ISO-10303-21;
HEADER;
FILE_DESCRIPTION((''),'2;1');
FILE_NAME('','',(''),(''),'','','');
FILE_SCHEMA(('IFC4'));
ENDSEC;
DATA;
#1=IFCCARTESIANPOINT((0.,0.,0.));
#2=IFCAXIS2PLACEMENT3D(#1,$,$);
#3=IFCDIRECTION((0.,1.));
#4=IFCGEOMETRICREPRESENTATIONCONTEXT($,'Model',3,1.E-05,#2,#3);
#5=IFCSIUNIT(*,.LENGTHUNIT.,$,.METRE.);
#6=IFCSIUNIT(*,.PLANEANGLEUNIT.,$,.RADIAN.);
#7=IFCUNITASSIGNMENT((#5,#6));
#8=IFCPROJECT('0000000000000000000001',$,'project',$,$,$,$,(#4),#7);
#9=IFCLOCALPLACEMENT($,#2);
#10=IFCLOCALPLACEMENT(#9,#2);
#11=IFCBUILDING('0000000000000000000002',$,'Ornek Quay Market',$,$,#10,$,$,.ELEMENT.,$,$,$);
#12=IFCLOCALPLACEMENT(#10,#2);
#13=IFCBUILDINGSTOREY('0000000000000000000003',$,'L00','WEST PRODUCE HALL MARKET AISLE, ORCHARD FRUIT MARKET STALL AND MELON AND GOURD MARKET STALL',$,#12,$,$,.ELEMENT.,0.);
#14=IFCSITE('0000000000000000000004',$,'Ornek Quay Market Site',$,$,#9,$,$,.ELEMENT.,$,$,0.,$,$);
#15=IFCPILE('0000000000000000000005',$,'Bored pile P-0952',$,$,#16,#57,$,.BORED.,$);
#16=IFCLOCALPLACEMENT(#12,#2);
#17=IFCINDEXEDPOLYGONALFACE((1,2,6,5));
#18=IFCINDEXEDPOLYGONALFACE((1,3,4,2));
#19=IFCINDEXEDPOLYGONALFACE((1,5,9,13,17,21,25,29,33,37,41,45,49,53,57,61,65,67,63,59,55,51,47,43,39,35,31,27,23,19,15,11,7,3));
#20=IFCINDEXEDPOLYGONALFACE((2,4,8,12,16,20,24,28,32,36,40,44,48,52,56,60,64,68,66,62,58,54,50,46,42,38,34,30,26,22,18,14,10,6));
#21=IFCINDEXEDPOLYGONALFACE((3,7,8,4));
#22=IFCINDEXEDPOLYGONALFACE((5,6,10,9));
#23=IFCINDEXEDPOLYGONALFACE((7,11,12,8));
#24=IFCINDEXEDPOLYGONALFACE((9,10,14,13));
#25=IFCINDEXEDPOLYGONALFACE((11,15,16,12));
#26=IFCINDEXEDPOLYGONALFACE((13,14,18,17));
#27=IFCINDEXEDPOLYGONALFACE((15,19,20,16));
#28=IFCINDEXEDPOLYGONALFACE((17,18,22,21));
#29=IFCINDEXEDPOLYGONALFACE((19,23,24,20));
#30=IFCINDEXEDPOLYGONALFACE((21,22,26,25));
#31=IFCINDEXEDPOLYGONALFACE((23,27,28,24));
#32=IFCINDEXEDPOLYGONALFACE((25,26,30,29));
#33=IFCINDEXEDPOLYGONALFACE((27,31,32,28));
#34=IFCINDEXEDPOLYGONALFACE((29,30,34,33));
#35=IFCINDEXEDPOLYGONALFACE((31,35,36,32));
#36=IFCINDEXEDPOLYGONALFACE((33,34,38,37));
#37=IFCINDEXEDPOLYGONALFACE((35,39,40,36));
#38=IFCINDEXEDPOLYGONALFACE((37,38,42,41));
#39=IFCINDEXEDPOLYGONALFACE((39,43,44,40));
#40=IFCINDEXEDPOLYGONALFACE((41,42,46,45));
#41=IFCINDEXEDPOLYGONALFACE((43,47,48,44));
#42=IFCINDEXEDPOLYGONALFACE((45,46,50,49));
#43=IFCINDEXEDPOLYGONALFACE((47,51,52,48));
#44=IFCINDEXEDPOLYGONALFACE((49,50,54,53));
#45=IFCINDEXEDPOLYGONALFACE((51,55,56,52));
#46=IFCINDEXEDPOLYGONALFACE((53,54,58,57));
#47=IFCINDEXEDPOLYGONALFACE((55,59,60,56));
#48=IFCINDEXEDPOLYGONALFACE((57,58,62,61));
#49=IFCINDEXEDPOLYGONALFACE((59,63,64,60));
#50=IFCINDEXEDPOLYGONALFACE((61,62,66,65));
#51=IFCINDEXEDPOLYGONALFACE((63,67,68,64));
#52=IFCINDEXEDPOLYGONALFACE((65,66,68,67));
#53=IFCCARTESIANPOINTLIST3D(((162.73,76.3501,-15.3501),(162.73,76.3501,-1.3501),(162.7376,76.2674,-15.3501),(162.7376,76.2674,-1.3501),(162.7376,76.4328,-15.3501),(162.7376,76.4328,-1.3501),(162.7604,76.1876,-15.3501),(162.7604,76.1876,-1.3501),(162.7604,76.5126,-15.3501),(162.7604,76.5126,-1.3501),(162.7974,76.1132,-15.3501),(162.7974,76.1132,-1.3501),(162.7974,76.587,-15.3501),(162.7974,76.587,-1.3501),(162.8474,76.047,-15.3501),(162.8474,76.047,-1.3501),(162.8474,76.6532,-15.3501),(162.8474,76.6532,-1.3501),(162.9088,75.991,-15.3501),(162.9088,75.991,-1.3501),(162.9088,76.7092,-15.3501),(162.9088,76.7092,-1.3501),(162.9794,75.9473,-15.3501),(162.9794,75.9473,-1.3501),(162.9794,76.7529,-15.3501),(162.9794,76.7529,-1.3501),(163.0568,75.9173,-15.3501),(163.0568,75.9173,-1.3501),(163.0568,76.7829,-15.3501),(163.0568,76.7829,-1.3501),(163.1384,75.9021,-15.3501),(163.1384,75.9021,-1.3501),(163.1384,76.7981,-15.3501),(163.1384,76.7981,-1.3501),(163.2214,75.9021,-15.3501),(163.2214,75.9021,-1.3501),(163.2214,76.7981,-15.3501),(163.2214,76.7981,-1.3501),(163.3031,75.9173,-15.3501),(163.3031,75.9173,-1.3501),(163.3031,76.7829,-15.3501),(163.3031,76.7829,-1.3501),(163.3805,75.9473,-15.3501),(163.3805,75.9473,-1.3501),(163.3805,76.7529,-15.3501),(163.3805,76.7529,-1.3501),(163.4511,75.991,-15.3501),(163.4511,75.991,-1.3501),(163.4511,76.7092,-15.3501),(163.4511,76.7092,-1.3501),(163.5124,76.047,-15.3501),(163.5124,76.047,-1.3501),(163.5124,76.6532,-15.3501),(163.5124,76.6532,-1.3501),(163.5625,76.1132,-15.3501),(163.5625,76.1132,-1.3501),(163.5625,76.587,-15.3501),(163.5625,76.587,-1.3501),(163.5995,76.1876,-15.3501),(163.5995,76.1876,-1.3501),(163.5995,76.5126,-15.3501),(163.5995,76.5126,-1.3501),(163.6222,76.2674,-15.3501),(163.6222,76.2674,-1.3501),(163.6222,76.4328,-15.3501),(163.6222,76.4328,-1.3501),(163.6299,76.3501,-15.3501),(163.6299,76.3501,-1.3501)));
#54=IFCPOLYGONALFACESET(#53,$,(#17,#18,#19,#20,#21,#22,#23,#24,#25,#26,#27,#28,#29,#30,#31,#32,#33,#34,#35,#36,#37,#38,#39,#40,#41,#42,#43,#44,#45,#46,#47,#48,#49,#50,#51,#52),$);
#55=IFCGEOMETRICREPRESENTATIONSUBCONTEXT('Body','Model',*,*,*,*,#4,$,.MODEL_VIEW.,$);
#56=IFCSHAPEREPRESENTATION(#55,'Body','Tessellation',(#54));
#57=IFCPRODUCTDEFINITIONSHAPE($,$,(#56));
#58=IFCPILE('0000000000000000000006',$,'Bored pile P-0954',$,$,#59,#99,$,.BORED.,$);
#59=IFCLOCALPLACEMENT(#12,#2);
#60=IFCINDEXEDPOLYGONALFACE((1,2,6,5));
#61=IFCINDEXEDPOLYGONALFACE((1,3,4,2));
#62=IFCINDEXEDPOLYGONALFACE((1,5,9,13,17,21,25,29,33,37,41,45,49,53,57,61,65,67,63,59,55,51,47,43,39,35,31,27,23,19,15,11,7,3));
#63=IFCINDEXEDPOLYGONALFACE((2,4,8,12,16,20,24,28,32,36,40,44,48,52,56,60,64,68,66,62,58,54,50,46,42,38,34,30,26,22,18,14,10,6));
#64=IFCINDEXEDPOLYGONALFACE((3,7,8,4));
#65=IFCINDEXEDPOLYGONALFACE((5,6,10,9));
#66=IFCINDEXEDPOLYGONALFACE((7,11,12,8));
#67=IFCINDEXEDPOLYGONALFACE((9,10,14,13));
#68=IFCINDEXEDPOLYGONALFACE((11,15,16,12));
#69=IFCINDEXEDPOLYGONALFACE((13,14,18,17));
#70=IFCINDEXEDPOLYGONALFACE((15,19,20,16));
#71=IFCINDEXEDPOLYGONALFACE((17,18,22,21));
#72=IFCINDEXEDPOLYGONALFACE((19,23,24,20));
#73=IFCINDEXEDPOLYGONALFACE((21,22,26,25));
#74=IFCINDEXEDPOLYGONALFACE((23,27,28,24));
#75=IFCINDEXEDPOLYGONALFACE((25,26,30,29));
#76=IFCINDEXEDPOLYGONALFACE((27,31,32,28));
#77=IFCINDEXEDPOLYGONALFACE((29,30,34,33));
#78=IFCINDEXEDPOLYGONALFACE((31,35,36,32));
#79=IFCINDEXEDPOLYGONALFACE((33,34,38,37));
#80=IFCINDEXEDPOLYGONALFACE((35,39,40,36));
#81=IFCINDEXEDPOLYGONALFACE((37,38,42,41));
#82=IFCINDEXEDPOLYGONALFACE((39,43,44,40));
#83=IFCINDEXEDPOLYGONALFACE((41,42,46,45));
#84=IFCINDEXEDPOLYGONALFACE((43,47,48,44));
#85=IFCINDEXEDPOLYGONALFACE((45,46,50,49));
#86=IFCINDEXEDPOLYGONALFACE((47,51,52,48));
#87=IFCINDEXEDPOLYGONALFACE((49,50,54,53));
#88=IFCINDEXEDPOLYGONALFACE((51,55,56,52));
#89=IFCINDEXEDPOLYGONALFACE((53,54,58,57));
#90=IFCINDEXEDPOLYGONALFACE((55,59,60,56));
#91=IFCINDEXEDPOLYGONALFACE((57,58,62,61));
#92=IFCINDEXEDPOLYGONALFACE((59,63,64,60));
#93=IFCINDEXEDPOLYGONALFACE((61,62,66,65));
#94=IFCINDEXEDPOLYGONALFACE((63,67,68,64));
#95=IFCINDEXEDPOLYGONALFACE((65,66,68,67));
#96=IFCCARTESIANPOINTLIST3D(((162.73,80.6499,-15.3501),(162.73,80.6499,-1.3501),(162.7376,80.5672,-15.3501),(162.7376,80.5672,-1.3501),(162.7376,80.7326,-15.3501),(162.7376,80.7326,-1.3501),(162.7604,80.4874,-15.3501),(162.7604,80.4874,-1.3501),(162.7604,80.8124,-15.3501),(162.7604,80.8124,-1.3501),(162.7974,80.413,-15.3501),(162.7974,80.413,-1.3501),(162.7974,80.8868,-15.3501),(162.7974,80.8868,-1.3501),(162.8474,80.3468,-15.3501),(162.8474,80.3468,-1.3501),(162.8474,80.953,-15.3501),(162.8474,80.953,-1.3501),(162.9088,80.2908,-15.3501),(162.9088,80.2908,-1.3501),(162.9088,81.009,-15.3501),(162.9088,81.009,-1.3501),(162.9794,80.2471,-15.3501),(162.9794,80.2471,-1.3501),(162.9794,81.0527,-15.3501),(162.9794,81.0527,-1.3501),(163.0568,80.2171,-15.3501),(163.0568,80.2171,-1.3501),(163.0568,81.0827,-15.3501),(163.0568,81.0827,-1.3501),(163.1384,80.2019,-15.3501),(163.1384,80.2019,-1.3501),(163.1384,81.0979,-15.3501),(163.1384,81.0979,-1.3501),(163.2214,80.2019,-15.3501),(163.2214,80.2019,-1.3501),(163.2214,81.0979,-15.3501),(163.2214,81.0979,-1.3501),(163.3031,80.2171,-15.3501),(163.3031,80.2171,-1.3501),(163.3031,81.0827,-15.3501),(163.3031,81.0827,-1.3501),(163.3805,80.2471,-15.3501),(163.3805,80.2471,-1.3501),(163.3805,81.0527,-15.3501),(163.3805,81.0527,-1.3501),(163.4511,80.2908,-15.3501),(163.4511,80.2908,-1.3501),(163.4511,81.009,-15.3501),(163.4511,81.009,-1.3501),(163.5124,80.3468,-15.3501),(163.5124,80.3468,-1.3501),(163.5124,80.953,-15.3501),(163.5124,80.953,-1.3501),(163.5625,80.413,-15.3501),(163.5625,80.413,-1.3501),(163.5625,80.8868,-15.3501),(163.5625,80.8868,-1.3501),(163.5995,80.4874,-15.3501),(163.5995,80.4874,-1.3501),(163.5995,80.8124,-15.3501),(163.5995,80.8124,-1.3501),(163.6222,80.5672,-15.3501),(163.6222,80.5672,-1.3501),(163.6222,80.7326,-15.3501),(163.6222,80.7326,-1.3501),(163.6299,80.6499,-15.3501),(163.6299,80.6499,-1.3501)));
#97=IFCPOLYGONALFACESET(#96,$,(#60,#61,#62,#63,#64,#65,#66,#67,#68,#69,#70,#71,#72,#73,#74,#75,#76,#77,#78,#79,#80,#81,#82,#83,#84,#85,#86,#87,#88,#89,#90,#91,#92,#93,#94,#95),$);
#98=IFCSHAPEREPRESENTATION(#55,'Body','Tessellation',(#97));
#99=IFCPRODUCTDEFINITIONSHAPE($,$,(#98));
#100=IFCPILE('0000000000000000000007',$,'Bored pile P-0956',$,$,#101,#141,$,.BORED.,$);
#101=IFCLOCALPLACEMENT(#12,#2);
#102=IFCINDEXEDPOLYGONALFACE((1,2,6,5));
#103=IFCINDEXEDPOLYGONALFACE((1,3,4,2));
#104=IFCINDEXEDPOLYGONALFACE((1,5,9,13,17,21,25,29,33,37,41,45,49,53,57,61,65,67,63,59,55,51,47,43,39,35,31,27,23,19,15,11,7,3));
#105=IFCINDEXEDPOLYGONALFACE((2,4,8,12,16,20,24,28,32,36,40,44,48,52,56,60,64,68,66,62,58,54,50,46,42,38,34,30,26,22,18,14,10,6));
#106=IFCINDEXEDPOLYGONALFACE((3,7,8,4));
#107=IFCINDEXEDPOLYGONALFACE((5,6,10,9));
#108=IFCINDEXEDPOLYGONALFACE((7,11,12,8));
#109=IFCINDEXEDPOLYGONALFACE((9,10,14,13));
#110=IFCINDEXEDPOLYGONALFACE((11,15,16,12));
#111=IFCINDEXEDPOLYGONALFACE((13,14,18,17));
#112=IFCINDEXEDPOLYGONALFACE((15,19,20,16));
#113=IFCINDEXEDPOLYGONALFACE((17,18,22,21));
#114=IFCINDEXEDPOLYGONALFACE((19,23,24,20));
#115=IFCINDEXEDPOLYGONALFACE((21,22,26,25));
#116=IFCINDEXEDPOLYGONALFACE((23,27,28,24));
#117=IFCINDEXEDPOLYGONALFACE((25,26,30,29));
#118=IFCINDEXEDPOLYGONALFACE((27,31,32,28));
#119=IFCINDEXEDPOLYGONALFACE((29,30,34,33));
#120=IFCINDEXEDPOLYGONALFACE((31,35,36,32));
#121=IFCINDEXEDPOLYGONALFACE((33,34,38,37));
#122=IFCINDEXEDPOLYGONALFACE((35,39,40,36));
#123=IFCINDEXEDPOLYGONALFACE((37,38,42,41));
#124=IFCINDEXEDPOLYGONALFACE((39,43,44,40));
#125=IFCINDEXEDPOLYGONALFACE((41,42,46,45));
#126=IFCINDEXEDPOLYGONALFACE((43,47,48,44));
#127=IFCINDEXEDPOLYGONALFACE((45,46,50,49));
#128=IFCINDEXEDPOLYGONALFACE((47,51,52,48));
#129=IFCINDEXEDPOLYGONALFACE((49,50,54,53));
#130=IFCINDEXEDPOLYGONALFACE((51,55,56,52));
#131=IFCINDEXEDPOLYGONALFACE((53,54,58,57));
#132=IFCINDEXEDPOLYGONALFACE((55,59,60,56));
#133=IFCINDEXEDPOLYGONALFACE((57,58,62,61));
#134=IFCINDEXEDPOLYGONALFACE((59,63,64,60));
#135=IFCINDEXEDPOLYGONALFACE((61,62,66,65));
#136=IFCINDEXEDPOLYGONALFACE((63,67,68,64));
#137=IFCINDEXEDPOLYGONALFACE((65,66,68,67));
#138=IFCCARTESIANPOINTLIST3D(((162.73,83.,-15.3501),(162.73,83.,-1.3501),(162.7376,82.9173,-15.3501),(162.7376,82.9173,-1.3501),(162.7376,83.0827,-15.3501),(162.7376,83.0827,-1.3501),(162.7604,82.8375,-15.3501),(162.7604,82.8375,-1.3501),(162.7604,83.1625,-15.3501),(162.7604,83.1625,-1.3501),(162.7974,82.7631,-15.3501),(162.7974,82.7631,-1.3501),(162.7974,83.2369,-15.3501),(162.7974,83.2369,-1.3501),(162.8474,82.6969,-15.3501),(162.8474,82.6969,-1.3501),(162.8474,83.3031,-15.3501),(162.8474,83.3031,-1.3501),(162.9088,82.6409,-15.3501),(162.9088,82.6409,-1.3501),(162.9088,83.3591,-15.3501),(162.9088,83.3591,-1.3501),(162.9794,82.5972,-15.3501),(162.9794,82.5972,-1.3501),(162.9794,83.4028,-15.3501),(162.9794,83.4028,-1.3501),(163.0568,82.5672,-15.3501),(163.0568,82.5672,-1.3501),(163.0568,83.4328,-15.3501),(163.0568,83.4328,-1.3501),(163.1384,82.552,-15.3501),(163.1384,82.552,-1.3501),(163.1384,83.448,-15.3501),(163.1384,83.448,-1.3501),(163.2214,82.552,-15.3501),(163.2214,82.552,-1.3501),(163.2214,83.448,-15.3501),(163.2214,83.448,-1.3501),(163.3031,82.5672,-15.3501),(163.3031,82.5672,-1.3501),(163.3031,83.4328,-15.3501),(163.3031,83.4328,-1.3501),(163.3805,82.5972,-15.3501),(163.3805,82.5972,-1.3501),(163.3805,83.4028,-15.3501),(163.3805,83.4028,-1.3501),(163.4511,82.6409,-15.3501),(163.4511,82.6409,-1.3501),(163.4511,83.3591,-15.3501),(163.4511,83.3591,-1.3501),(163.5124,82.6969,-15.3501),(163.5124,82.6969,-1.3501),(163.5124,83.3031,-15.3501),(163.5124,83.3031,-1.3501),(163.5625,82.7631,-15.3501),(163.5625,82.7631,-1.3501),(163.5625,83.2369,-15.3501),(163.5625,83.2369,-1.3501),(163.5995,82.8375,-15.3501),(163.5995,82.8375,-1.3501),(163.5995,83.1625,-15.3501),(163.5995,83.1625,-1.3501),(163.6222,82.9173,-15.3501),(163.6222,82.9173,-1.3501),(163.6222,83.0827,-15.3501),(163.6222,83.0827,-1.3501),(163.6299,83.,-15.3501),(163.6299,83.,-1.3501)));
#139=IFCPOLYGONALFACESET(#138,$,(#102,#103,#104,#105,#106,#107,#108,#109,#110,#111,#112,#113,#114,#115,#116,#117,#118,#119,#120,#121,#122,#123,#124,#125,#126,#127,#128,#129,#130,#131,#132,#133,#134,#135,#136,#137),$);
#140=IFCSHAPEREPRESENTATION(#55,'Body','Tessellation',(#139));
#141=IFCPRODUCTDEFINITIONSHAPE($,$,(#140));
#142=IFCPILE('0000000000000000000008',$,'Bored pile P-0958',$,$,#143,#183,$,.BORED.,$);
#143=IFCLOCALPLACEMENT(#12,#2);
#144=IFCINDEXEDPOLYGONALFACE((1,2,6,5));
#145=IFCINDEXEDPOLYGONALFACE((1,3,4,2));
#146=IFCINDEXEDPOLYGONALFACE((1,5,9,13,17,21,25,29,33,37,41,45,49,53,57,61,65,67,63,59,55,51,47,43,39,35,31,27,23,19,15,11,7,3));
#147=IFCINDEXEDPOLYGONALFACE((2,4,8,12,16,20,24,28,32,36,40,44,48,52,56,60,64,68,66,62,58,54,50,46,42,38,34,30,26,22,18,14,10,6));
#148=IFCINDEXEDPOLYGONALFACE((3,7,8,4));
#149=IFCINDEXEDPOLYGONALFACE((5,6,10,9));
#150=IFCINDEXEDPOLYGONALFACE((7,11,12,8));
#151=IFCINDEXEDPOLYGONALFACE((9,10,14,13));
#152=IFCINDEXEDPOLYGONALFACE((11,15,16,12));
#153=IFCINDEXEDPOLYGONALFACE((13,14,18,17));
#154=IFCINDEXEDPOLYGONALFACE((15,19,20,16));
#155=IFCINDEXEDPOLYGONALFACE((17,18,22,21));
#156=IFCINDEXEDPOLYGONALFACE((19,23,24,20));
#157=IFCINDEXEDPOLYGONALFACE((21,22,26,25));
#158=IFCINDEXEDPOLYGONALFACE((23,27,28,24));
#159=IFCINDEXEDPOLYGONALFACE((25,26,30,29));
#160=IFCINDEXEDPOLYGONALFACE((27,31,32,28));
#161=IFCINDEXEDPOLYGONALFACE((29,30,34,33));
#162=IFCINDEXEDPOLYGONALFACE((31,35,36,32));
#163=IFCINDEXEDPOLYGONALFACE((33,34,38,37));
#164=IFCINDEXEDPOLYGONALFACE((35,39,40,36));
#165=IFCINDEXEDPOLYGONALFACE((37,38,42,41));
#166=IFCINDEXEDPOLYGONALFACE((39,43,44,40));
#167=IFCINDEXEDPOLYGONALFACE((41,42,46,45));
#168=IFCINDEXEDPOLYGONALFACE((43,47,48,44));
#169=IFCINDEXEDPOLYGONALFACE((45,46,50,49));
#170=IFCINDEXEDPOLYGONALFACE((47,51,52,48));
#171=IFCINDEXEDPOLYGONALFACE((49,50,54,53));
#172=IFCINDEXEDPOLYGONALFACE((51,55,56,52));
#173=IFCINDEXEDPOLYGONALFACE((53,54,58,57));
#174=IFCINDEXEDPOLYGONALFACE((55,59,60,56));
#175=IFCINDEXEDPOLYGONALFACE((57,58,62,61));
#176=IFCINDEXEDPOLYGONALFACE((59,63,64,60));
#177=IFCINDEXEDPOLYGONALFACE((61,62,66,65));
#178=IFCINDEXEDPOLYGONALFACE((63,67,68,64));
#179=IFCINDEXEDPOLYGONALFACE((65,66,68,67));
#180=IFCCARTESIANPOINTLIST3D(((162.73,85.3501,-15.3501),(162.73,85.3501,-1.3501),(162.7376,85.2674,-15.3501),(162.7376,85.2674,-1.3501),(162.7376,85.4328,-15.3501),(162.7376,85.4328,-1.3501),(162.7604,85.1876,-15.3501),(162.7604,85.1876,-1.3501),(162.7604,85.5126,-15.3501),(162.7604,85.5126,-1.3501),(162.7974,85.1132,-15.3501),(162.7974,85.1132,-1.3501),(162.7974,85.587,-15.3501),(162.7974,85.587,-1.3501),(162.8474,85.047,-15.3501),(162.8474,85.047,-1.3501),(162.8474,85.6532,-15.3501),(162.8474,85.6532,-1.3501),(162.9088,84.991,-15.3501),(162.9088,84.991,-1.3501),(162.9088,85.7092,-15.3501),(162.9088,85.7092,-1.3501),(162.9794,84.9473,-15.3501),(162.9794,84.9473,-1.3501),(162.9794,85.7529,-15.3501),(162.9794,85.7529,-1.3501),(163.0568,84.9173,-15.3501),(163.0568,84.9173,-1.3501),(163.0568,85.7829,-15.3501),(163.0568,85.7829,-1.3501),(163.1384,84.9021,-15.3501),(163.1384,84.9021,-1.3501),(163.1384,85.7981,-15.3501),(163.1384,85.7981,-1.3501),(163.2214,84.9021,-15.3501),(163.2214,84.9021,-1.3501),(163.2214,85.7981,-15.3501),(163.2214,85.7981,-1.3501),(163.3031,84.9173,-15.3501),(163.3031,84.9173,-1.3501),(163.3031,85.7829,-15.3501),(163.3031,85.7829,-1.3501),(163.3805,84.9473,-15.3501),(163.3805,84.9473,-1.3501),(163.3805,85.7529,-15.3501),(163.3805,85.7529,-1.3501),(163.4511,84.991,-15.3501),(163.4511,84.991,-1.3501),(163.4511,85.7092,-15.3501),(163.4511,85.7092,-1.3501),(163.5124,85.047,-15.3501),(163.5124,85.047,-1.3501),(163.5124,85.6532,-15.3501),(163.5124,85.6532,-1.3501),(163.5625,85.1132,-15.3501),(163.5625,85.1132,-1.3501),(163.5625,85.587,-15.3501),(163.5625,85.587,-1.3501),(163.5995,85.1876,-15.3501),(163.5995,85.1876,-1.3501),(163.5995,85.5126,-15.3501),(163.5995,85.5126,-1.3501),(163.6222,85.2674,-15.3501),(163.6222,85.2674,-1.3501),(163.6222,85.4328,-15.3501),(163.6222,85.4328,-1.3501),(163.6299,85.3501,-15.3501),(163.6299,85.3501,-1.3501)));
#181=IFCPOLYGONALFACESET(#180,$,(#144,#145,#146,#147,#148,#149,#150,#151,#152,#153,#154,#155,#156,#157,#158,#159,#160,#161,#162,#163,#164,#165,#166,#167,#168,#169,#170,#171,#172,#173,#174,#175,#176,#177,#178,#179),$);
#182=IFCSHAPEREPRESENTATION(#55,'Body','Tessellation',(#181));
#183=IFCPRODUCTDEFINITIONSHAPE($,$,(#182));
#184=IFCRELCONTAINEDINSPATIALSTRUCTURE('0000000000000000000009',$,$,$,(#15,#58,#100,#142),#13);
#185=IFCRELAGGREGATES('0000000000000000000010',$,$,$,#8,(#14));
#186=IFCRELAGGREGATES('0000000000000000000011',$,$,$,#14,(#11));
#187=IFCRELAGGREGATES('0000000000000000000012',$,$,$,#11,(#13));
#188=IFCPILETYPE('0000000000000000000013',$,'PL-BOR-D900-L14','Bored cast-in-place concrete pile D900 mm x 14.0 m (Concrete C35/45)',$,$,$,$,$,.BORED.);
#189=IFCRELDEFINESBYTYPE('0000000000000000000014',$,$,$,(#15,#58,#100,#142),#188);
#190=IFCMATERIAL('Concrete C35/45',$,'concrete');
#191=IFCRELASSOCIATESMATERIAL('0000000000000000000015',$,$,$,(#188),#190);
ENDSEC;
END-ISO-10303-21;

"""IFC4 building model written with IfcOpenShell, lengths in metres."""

from ifc_helpers import new_model, si_unit, direction, frame, origin, origin_2d, place, context, subcontext, project, spatial, circle, extrude, material, material_profile, profile_set, type_object, element, save


model = new_model("IFC4")

# Units and contexts
model_context = context("Model", 3, precision=1e-05, world=origin(), true_north=direction((0.0, 1.0)))
body_context = subcontext(model_context, "Body", "Model", "MODEL_VIEW")
ifc_project = project(units=[si_unit("LENGTHUNIT", "METRE"), si_unit("PLANEANGLEUNIT", "RADIAN")], contexts=[model_context])

# Site, building, storey
site_placement = place(None, origin())
site = spatial("IfcSite", under=ifc_project, at=site_placement, Name="Ornek Quay Market Site", CompositionType="ELEMENT", RefElevation=0.0)
building_placement = place(site_placement, origin())
building = spatial("IfcBuilding", under=site, at=building_placement, Name="Ornek Quay Market", CompositionType="ELEMENT")
storey_placement = place(building_placement, origin())
storey = spatial("IfcBuildingStorey", under=building, at=storey_placement, Name="L00", Description="WEST PRODUCE HALL MARKET AISLE, ORCHARD FRUIT MARKET STALL AND MELON AND GOURD MARKET STALL", CompositionType="ELEMENT", Elevation=0.0)

# Piles
ifc_material_1 = material(Name="Concrete C35/45", Category="concrete")
ifc_material_profile_1 = material_profile(ifc_material_1, circle(Radius=0.45, at=origin_2d()), Name="PILE D900", Category="concrete")
ifc_profile_set_1 = profile_set([ifc_material_profile_1], Name="Concrete C35/45")
pile_type = type_object("IfcPileType", Name="PL-BOR-D900-L14", Description="Bored cast-in-place concrete pile D900 mm x 14.0 m (Concrete C35/45)", PredefinedType="BORED", material=ifc_profile_set_1)
for number, where, z_axis, x_axis, name in (
    (1, (163.1799, 76.3501, -1.3501), (0.0, 0.0, -1.0), (1.0, 0.0, 0.0), "Bored pile P-0952"),
    (2, (163.1799, 80.6499, -1.3501), (0.0, 0.0, -1.0), (1.0, 0.0, 0.0), "Bored pile P-0954"),
    (3, (163.1799, 83.0, -1.3501), (0.0, 0.0, -1.0), (1.0, 0.0, 0.0), "Bored pile P-0956"),
    (4, (163.1799, 85.3501, -1.3501), (0.0, 0.0, -1.0), (1.0, 0.0, 0.0), "Bored pile P-0958"),
):
    element("IfcPile", number, at=place(storey_placement, frame(where, z_axis=z_axis, x_axis=x_axis)), inside=storey, type_object=pile_type, Name=name, PredefinedType="BORED", context=body_context, shape_type="SweptSolid", body=[
        extrude(circle(Radius=0.45, at=origin_2d()), origin(), (0.0, 0.0, 1.0), 14.0),
    ])

save(model, "model.ifc")
